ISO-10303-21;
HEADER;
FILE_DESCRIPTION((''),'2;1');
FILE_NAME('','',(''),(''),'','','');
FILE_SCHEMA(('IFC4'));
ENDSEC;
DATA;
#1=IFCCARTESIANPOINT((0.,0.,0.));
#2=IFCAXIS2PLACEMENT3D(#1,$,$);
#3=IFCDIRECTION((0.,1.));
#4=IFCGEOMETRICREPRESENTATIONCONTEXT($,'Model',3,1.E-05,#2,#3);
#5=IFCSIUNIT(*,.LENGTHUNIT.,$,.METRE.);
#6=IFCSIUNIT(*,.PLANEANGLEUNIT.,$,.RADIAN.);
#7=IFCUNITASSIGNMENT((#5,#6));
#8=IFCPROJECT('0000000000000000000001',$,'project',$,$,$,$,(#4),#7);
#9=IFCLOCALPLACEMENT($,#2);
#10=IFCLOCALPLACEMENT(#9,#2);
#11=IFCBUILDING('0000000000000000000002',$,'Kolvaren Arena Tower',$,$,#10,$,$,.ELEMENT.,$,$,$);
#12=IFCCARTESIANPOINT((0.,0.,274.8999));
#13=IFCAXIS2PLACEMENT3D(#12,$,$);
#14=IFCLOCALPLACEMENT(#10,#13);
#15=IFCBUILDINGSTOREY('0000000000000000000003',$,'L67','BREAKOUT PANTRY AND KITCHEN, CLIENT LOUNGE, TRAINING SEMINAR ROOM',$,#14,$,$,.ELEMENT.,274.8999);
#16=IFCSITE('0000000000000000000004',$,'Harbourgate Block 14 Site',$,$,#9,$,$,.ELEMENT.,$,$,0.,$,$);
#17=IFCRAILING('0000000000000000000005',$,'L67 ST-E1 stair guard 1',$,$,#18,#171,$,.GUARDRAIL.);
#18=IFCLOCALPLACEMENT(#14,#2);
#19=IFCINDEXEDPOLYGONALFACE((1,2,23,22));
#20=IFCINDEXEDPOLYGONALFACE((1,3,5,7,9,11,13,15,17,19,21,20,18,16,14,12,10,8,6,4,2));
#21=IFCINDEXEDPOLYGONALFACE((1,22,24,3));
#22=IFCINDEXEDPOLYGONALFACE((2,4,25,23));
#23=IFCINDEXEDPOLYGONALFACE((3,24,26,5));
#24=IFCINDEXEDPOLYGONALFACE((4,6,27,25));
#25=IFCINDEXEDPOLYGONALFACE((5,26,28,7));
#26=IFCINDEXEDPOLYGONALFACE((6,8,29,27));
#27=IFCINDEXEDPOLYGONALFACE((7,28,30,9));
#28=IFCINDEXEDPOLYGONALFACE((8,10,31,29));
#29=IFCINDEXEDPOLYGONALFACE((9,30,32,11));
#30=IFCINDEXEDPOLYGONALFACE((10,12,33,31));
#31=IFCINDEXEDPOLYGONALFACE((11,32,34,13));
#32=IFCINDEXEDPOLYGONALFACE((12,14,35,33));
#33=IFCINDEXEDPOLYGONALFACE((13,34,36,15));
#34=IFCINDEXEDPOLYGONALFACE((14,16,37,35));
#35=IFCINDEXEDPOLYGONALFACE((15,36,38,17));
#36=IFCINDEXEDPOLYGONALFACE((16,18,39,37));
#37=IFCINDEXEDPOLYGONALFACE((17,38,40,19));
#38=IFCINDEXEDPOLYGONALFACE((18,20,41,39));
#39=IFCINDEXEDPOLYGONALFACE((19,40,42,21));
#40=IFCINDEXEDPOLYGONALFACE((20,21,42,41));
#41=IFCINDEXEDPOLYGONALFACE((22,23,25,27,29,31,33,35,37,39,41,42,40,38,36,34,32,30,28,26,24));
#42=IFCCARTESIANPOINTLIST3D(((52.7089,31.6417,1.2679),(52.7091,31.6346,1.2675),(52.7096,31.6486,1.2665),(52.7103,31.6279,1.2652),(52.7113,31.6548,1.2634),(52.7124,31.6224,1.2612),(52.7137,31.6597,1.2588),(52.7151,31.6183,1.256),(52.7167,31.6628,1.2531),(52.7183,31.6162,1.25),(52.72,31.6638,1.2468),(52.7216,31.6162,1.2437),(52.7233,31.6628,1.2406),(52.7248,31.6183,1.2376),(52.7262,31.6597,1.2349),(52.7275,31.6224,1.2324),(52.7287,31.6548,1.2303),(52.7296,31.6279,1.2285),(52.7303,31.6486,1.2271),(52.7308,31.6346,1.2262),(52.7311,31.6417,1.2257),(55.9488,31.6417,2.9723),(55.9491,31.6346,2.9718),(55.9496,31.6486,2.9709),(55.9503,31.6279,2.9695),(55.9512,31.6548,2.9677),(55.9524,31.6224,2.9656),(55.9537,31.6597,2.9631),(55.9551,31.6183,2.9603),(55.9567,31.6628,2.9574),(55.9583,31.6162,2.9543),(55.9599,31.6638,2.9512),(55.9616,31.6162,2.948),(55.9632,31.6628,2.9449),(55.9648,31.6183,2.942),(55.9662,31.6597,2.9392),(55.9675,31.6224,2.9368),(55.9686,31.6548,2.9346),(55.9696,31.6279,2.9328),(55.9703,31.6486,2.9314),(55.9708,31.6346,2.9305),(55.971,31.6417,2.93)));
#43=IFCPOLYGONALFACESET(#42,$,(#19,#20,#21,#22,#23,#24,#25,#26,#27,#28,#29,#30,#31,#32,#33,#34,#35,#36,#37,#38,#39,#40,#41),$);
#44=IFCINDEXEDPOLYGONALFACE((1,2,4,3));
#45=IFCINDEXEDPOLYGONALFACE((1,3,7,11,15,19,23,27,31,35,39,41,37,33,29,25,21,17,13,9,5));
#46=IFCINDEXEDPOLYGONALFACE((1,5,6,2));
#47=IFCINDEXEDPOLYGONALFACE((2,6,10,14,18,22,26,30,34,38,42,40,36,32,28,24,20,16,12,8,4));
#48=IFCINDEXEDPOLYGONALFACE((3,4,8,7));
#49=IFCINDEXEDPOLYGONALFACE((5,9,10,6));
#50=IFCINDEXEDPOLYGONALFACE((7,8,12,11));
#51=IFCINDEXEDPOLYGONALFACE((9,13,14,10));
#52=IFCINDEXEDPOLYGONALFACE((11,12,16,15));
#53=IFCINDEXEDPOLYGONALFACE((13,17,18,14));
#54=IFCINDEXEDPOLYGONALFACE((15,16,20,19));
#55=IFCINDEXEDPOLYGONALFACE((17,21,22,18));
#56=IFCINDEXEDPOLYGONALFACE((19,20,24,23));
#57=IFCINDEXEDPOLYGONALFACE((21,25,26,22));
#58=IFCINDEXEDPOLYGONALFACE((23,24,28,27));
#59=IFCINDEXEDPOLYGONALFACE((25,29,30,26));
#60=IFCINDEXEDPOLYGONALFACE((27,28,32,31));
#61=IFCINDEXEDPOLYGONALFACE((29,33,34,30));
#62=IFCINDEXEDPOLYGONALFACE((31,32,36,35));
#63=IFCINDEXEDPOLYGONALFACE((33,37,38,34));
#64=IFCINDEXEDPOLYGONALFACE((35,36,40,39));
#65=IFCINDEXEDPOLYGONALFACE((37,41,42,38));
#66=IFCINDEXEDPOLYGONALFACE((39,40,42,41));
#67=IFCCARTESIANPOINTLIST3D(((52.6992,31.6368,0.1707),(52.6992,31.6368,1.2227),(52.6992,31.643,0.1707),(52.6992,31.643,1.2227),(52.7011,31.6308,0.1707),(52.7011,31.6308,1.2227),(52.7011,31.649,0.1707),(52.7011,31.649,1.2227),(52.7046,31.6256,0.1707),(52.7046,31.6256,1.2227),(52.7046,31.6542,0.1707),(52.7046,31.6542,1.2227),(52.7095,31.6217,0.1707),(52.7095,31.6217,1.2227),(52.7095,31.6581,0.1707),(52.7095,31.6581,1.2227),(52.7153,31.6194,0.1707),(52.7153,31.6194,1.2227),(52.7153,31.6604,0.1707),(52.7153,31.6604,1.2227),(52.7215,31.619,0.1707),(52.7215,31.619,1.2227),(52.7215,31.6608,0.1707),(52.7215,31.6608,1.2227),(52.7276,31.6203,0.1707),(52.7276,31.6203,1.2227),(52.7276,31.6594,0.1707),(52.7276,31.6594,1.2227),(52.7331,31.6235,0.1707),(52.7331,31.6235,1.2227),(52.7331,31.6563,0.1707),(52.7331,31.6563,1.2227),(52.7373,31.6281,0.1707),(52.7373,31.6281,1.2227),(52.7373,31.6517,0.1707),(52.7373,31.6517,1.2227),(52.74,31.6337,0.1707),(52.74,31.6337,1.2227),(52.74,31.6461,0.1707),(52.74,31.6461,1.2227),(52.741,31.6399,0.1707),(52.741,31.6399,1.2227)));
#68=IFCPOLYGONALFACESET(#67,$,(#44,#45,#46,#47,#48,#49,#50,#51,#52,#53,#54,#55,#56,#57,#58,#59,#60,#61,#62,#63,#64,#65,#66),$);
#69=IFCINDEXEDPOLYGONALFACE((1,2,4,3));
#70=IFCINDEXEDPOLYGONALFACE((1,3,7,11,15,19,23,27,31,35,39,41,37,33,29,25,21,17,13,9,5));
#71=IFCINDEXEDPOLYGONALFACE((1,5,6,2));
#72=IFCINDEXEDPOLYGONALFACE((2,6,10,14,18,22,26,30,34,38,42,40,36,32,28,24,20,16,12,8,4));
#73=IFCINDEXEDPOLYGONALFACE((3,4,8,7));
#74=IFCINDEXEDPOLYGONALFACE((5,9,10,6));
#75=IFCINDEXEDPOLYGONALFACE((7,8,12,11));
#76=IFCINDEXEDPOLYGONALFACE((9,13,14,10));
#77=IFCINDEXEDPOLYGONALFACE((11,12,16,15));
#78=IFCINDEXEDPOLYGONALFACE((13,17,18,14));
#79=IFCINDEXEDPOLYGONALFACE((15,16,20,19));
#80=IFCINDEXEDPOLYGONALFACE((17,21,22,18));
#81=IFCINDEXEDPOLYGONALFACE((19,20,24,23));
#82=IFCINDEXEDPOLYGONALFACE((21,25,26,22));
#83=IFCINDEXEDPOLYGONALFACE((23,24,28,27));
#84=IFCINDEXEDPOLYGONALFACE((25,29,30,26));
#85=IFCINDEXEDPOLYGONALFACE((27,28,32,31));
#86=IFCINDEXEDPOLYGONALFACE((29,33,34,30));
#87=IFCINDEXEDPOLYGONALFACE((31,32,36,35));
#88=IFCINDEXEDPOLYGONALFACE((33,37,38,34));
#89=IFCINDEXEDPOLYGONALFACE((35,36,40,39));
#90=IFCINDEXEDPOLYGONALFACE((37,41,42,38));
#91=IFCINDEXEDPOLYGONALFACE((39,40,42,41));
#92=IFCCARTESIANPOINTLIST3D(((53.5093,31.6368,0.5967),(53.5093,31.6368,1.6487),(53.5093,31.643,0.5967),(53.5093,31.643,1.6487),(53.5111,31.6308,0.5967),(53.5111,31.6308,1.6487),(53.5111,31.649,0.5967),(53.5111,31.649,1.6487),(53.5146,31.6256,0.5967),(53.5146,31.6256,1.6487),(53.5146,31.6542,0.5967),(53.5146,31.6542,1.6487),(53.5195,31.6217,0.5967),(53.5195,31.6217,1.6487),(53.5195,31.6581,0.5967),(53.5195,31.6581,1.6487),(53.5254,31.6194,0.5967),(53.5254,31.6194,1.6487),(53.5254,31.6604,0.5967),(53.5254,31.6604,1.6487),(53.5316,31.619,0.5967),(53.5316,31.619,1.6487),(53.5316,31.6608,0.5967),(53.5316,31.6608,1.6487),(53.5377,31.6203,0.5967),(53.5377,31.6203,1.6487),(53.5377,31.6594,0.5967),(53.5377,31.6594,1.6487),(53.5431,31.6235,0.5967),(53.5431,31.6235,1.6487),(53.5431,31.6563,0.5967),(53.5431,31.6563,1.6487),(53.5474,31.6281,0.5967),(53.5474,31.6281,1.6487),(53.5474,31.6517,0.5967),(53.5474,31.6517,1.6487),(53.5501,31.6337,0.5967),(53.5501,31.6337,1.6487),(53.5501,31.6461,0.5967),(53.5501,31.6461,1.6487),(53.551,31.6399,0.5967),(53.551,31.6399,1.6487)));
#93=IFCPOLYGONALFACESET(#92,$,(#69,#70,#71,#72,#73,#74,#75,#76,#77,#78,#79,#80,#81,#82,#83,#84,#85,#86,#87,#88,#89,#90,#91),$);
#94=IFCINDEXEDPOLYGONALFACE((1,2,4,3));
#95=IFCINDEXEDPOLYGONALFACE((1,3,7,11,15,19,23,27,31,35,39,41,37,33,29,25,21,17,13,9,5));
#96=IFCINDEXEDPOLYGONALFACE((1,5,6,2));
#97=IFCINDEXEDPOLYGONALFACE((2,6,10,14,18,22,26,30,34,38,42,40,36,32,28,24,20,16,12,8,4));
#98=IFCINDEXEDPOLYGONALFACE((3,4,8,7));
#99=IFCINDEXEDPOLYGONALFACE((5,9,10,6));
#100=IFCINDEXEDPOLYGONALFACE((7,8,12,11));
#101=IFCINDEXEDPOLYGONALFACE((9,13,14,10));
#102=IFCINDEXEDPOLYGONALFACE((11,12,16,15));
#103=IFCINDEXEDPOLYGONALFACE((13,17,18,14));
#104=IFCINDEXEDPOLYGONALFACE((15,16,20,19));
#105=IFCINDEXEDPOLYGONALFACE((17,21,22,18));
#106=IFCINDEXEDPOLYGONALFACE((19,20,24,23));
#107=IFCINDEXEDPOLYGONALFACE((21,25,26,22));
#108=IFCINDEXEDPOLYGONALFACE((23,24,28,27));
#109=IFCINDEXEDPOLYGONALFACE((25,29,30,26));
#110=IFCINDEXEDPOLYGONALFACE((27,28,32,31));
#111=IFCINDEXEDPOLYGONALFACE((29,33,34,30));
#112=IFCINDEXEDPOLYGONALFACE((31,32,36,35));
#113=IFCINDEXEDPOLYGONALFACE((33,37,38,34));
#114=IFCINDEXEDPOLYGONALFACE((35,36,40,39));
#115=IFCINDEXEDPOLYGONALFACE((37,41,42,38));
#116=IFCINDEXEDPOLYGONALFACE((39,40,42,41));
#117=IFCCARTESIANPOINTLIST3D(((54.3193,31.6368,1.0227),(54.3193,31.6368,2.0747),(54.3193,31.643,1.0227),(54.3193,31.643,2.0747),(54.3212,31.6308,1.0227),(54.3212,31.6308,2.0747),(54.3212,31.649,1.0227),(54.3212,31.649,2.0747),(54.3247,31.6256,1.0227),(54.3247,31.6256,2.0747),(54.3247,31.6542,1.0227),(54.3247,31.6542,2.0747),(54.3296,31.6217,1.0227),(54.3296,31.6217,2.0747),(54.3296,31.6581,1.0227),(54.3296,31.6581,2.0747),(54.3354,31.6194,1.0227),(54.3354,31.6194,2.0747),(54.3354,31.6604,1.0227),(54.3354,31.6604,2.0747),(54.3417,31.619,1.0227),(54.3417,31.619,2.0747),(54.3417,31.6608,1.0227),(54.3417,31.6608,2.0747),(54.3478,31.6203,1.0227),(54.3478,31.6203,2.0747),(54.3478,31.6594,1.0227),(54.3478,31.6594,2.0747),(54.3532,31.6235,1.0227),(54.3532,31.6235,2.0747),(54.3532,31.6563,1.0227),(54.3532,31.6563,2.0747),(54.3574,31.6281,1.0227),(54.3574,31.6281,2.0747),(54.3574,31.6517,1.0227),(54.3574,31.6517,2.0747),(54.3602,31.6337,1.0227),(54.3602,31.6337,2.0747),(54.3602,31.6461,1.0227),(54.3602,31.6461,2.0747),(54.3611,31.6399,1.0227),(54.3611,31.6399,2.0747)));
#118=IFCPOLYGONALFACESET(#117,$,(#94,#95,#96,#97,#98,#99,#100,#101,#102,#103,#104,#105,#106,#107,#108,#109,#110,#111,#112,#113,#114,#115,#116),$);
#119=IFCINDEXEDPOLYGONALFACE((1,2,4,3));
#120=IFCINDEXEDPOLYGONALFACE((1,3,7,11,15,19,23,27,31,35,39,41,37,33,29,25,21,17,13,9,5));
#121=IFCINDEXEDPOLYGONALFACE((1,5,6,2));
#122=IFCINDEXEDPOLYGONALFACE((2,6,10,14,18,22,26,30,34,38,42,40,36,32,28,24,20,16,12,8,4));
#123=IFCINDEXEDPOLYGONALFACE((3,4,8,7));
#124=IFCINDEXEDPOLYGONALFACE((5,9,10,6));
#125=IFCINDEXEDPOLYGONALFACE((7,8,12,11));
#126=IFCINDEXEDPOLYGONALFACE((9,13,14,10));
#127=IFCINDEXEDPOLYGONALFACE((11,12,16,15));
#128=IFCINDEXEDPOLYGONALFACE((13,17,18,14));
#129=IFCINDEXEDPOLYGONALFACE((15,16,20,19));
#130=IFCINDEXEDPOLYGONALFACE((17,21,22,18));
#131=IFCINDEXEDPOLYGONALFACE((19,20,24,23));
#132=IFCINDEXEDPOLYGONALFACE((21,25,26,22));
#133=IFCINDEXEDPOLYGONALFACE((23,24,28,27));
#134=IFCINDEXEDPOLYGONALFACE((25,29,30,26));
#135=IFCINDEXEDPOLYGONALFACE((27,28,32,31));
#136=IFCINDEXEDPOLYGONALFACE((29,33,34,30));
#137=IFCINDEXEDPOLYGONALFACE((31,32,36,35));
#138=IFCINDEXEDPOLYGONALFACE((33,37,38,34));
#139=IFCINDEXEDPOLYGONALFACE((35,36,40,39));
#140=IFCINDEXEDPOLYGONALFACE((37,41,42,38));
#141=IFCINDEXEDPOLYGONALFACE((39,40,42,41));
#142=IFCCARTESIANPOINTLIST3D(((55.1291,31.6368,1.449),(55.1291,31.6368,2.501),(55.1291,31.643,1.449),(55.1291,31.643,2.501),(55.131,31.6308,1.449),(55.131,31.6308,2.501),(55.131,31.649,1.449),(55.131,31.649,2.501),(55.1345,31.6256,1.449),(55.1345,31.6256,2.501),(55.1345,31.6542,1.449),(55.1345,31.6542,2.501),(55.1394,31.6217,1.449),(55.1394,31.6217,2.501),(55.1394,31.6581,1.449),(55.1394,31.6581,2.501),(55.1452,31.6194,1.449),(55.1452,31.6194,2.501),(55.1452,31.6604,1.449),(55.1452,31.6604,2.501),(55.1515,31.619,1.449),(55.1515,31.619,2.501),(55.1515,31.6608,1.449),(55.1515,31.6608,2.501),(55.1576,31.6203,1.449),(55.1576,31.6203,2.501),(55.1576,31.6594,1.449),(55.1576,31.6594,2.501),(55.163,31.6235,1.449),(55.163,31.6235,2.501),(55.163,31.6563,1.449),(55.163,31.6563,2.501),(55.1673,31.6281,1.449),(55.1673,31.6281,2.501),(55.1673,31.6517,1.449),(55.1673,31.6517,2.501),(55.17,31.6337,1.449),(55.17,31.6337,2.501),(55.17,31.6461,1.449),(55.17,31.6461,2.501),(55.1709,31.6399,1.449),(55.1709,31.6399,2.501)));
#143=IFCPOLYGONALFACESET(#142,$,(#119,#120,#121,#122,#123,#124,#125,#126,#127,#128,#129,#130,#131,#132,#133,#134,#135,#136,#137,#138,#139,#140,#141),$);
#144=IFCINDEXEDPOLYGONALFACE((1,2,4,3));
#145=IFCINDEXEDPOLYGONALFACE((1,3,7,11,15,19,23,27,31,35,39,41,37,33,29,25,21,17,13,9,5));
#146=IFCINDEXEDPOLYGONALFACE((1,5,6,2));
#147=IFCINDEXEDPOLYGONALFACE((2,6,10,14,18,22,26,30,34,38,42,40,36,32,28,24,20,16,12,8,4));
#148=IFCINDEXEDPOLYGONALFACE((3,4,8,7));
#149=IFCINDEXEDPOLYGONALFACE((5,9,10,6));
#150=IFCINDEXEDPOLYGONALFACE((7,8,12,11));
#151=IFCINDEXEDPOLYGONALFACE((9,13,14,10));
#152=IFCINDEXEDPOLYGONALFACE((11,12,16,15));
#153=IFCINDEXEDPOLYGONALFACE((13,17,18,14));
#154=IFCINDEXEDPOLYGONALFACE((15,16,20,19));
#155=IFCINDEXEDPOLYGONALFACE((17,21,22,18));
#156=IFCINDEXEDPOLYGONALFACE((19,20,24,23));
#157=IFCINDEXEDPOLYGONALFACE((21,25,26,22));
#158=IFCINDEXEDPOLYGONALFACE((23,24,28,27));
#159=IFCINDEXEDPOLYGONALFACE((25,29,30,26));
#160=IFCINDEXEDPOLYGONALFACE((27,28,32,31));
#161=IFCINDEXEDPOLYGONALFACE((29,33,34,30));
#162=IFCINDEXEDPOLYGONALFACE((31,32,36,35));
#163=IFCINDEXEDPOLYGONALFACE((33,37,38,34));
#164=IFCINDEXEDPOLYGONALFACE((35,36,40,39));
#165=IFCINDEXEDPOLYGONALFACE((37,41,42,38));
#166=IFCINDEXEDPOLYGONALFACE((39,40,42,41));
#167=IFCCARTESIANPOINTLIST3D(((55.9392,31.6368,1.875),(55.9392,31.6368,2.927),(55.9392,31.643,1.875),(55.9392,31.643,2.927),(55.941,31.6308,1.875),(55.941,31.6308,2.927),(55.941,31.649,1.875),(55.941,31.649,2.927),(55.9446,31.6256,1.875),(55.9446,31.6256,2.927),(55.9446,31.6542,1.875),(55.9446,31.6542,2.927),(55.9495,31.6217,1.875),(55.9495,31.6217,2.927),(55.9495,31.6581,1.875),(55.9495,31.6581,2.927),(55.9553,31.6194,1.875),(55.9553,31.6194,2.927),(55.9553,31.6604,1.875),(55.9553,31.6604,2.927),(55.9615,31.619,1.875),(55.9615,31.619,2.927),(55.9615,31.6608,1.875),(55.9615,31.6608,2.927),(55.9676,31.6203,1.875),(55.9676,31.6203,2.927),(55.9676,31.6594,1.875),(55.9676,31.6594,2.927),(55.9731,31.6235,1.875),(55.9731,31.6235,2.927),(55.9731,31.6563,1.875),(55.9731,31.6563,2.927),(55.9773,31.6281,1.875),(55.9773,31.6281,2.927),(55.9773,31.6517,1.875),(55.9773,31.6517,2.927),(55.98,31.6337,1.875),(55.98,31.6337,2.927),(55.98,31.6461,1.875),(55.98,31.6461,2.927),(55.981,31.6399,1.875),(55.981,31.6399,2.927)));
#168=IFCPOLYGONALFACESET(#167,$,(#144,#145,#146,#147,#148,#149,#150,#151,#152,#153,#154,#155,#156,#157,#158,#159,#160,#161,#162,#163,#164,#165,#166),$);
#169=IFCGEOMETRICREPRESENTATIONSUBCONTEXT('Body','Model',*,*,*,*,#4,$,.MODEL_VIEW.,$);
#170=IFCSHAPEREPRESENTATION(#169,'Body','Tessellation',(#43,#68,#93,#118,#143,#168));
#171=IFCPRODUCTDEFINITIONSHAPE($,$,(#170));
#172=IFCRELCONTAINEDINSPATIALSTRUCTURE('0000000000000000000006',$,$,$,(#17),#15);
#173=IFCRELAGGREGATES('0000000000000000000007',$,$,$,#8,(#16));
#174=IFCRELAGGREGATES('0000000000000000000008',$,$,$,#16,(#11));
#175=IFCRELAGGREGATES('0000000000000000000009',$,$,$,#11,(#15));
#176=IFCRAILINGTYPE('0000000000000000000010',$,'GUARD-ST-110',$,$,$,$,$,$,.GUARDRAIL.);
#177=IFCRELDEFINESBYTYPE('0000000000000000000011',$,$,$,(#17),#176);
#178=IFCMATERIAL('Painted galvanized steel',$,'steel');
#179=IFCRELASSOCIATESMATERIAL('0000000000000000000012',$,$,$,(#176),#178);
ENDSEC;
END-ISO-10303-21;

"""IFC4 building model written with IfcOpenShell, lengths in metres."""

from ifc_helpers import new_model, si_unit, direction, frame, origin, origin_2d, place, context, subcontext, project, spatial, circle, extrude, material, type_object, element, save


model = new_model("IFC4")

# Units and contexts
model_context = context("Model", 3, precision=1e-05, world=origin(), true_north=direction((0.0, 1.0)))
body_context = subcontext(model_context, "Body", "Model", "MODEL_VIEW")
ifc_project = project(units=[si_unit("LENGTHUNIT", "METRE"), si_unit("PLANEANGLEUNIT", "RADIAN")], contexts=[model_context])

# Site, building, storey
site_placement = place(None, origin())
site = spatial("IfcSite", under=ifc_project, at=site_placement, Name="Harbourgate Block 14 Site", CompositionType="ELEMENT", RefElevation=0.0)
building_placement = place(site_placement, origin())
building = spatial("IfcBuilding", under=site, at=building_placement, Name="Kolvaren Arena Tower", CompositionType="ELEMENT")
storey_placement = place(building_placement, frame((0.0, 0.0, 274.8999)))
storey = spatial("IfcBuildingStorey", under=building, at=storey_placement, Name="L67", Description="BREAKOUT PANTRY AND KITCHEN, CLIENT LOUNGE, TRAINING SEMINAR ROOM", CompositionType="ELEMENT", Elevation=274.8999)

# Railing
ifc_material_1 = material(Name="Painted galvanized steel", Category="steel")
railing_type_1 = type_object("IfcRailingType", Name="GUARD-ST-110", PredefinedType="GUARDRAIL", material=ifc_material_1)
railing_1_placement = place(storey_placement, frame((52.72, 31.6399, 0.1707)))
element("IfcRailing", 1, at=railing_1_placement, inside=storey, type_object=railing_type_1, Name="L67 ST-E1 stair guard 1", PredefinedType="GUARDRAIL", context=body_context, shape_type="SweptSolid", body=[
    extrude(circle(Radius=0.0239, at=origin_2d()), frame((0.0, 0.0, 1.0762), z_axis=(0.885021, 0.0, 0.465551), x_axis=(0.0, 1.0, 0.0)), (0.0, 0.0, 1.0), 3.6609),
    extrude(circle(Radius=0.021, at=origin_2d()), origin(), (0.0, 0.0, 1.0), 1.052),
    extrude(circle(Radius=0.021, at=origin_2d()), frame((0.8101, 0.0, 0.426)), (0.0, 0.0, 1.0), 1.052),
    extrude(circle(Radius=0.021, at=origin_2d()), frame((1.6201, 0.0, 0.8521)), (0.0, 0.0, 1.0), 1.052),
    extrude(circle(Radius=0.021, at=origin_2d()), frame((2.4299, 0.0, 1.2783)), (0.0, 0.0, 1.0), 1.052),
    extrude(circle(Radius=0.021, at=origin_2d()), frame((3.24, 0.0, 1.7043)), (0.0, 0.0, 1.0), 1.052),
])

save(model, "model.ifc")
